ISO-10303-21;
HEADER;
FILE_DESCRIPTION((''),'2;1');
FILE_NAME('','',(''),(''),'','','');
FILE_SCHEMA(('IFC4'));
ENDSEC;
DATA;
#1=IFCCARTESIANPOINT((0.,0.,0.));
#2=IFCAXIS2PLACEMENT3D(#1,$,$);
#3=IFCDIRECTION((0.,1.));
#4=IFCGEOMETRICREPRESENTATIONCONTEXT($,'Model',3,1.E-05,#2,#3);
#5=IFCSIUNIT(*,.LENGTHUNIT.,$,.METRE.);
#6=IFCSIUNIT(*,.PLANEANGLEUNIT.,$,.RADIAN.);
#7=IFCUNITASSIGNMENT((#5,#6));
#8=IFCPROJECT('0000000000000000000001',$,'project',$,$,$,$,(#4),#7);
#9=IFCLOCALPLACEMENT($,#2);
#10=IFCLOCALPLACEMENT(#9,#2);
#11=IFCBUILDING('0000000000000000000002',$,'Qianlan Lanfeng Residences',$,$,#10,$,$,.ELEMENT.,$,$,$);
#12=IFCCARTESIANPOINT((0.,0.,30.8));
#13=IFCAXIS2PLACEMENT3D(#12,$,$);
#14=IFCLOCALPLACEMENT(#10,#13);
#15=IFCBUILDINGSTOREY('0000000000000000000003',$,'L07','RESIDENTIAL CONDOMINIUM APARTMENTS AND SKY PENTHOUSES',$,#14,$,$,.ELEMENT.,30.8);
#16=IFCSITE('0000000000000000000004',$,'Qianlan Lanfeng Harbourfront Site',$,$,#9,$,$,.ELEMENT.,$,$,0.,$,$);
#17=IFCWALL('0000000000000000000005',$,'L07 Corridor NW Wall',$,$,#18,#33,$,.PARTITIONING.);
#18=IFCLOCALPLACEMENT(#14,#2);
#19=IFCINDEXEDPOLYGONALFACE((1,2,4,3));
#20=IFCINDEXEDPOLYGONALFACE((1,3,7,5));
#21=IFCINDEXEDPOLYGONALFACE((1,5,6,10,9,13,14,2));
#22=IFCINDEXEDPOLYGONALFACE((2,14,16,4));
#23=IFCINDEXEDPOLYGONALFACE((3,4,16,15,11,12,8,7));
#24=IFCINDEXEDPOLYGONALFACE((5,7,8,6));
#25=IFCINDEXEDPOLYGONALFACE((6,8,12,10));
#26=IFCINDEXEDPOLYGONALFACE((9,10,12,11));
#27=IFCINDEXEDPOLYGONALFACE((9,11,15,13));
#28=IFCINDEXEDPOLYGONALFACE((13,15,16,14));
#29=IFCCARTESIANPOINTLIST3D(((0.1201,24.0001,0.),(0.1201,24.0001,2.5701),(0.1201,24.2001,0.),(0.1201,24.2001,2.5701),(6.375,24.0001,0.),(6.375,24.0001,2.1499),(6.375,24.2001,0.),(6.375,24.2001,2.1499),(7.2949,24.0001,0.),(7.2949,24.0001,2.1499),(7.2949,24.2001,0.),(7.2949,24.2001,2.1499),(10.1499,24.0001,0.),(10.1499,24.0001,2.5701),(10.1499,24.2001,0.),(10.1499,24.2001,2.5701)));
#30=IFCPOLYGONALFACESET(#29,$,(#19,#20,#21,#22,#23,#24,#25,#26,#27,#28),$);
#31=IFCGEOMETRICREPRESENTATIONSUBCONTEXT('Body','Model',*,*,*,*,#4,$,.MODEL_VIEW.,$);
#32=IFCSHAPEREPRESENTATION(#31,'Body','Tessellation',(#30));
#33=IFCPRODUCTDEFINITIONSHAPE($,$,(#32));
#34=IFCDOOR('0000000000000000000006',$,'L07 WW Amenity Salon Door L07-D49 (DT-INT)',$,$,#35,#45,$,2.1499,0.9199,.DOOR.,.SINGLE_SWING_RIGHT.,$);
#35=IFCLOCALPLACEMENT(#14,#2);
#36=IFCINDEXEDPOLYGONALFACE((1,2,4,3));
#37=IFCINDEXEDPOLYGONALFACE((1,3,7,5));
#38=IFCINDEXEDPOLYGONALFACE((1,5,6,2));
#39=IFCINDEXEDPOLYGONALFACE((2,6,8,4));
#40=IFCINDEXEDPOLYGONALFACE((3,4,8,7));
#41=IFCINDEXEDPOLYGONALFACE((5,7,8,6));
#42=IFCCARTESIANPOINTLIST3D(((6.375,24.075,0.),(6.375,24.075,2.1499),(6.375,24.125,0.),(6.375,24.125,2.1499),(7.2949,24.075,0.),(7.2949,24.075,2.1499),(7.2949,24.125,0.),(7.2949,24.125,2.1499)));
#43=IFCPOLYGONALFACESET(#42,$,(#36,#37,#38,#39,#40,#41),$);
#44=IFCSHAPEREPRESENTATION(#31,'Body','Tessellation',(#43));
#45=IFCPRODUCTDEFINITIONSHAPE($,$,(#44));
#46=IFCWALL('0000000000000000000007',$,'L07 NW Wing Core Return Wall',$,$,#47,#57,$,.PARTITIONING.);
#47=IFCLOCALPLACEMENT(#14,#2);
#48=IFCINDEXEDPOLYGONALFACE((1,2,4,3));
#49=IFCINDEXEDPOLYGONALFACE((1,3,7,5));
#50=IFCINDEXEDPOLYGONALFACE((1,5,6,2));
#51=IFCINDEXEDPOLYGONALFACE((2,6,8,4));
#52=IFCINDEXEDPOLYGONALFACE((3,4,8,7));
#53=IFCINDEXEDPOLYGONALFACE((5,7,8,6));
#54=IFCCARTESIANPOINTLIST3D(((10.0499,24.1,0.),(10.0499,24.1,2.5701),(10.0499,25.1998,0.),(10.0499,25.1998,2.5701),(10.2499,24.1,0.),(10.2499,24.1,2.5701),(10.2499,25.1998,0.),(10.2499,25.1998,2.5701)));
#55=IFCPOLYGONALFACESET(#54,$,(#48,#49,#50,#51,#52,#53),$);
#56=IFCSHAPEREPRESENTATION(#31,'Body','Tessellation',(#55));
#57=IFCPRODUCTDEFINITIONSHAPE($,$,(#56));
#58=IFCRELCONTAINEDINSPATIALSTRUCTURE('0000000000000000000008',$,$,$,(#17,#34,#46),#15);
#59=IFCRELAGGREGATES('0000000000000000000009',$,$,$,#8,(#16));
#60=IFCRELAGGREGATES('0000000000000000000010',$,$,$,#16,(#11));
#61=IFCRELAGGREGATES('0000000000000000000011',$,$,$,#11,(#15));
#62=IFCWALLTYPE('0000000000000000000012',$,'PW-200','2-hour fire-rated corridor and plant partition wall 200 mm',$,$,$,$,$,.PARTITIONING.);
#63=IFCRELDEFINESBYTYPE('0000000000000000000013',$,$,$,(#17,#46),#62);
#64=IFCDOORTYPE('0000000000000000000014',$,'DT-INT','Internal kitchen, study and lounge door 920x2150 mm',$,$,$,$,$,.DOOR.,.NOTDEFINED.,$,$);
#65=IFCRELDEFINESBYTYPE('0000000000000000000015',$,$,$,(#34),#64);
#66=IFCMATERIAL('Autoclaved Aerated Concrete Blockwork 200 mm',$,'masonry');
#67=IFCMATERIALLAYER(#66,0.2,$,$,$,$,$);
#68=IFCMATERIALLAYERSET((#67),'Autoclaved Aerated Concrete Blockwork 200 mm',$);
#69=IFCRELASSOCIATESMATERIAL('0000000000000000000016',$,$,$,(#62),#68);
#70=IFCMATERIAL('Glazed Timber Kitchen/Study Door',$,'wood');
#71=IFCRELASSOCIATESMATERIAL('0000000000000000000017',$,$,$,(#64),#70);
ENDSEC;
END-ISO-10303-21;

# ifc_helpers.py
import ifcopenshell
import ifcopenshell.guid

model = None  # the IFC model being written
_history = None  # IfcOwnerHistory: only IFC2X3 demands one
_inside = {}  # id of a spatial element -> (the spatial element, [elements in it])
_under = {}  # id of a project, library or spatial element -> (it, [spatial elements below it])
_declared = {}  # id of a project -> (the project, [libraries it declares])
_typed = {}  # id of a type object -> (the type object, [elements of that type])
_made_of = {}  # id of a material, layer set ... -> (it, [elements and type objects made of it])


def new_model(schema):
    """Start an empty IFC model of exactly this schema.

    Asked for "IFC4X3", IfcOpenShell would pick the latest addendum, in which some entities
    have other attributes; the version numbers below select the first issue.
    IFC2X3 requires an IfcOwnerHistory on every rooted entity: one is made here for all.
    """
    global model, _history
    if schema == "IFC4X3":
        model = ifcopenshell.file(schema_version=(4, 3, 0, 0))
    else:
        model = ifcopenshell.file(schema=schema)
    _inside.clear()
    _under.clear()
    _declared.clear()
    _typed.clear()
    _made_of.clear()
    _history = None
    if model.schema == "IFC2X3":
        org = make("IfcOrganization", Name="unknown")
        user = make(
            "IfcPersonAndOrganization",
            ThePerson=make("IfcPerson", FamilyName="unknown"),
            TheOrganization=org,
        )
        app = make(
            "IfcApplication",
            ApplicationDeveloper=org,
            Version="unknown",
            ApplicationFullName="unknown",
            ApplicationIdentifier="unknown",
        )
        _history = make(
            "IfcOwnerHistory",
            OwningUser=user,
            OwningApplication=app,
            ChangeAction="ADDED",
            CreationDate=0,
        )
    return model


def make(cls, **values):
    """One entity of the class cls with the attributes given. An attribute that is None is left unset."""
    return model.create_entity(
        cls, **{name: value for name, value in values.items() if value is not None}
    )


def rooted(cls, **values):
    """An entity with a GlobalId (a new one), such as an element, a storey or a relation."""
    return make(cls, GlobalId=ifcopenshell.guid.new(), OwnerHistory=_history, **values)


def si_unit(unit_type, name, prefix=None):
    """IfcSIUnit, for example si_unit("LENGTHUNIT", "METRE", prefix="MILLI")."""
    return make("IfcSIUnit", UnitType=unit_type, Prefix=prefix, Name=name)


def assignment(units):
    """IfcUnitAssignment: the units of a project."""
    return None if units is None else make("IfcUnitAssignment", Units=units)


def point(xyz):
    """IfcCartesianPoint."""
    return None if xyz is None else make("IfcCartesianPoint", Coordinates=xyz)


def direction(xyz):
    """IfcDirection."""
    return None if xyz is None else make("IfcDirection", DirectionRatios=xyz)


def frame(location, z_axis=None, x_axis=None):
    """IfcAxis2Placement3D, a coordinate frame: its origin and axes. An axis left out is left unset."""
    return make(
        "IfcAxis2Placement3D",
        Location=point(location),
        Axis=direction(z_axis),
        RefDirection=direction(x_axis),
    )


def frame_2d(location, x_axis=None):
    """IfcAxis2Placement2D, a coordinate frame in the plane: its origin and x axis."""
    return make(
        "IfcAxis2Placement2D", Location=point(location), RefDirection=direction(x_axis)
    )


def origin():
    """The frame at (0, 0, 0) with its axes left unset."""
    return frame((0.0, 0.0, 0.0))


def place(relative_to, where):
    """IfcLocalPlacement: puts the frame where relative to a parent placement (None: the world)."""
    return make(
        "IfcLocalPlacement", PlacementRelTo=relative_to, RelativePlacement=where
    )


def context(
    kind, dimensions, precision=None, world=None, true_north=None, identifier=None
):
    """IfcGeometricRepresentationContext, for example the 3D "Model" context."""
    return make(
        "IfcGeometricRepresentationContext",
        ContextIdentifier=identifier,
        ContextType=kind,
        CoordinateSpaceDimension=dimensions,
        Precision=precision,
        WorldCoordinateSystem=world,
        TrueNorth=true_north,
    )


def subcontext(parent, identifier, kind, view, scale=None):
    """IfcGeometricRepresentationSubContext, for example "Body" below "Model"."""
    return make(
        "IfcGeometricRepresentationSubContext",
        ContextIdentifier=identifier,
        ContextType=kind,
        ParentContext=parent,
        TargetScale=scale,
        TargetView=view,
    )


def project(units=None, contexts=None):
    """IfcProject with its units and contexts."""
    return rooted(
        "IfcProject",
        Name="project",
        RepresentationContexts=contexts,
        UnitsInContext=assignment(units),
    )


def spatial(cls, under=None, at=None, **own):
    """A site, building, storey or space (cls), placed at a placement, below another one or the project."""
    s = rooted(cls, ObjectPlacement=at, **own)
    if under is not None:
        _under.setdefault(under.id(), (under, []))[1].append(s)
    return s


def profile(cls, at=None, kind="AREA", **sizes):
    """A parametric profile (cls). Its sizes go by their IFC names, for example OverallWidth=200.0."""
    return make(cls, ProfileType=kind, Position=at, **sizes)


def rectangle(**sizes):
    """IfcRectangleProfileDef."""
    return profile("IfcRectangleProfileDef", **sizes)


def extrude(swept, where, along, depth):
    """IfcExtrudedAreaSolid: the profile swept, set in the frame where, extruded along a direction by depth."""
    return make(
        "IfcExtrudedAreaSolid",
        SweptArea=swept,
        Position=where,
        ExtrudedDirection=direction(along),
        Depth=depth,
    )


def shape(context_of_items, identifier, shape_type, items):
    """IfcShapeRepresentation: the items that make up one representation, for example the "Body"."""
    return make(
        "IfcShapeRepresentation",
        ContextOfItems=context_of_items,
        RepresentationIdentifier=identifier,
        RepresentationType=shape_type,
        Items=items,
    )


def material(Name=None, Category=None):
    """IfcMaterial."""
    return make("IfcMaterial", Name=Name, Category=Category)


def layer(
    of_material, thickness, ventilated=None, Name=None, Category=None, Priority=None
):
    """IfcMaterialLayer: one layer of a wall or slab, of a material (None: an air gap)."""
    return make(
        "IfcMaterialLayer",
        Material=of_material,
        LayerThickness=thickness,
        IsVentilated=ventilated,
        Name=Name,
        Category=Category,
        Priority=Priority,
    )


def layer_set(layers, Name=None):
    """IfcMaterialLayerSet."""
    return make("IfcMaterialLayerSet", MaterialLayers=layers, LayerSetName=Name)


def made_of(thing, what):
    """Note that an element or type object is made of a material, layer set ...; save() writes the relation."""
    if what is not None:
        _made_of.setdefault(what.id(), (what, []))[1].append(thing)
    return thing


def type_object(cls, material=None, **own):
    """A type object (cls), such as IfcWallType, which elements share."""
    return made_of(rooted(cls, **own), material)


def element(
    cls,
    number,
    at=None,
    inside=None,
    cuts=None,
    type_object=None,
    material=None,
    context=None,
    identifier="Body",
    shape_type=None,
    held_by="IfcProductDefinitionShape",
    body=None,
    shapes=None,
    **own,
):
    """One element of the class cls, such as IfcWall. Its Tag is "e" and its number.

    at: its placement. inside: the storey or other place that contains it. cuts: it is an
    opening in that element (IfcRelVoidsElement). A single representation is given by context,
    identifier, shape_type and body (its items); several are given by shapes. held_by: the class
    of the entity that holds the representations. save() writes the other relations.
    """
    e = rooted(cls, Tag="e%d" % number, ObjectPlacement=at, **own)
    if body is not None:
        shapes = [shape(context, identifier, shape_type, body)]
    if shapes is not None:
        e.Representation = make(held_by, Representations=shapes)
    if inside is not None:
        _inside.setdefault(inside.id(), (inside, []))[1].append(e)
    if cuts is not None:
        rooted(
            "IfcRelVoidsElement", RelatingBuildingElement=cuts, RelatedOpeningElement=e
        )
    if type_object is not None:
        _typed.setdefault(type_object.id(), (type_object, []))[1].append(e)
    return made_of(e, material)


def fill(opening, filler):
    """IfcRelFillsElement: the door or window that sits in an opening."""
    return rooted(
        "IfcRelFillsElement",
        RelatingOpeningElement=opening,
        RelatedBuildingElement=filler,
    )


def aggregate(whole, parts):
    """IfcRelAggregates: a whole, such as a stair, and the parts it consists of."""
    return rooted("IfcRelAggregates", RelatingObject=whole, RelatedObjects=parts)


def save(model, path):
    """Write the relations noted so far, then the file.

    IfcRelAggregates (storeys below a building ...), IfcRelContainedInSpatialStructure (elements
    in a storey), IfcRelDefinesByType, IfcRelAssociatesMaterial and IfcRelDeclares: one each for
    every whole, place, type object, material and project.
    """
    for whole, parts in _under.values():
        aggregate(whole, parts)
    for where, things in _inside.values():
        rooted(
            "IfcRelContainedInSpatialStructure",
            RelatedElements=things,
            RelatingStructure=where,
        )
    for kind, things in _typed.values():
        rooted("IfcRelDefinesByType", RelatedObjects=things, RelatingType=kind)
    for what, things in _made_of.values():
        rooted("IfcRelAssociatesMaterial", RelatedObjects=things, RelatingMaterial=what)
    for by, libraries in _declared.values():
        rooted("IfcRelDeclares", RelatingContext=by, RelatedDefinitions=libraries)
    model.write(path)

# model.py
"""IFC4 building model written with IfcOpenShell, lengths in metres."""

from ifc_helpers import new_model, si_unit, direction, frame, frame_2d, origin, place, context, subcontext, project, spatial, rectangle, extrude, material, layer, layer_set, type_object, element, fill, save


model = new_model("IFC4")

# Units and contexts
model_context = context("Model", 3, precision=1e-05, world=origin(), true_north=direction((0.0, 1.0)))
body_context = subcontext(model_context, "Body", "Model", "MODEL_VIEW")
ifc_project = project(units=[si_unit("LENGTHUNIT", "METRE"), si_unit("PLANEANGLEUNIT", "RADIAN")], contexts=[model_context])

# Site, building, storey
site_placement = place(None, origin())
site = spatial("IfcSite", under=ifc_project, at=site_placement, Name="Qianlan Lanfeng Harbourfront Site", CompositionType="ELEMENT", RefElevation=0.0)
building_placement = place(site_placement, origin())
building = spatial("IfcBuilding", under=site, at=building_placement, Name="Qianlan Lanfeng Residences", CompositionType="ELEMENT")
storey_placement = place(building_placement, frame((0.0, 0.0, 30.8)))
storey = spatial("IfcBuildingStorey", under=building, at=storey_placement, Name="L07", Description="RESIDENTIAL CONDOMINIUM APARTMENTS AND SKY PENTHOUSES", CompositionType="ELEMENT", Elevation=30.8)

# Shared definitions
ifc_material_1 = material(Name="Autoclaved Aerated Concrete Blockwork 200 mm", Category="masonry")
ifc_layer = layer(ifc_material_1, 0.2)
ifc_layer_set = layer_set([ifc_layer], Name="Autoclaved Aerated Concrete Blockwork 200 mm")
wall_type = type_object("IfcWallType", Name="PW-200", Description="2-hour fire-rated corridor and plant partition wall 200 mm", PredefinedType="PARTITIONING", material=ifc_layer_set)
ifc_material_2 = material(Name="Glazed Timber Kitchen/Study Door", Category="wood")
door_type_1 = type_object("IfcDoorType", Name="DT-INT", Description="Internal kitchen, study and lounge door 920x2150 mm", OperationType="NOTDEFINED", PredefinedType="DOOR", material=ifc_material_2)

# Wall, opening, door
wall_1_placement = place(storey_placement, frame((0.1201, 24.1001, 0.0), z_axis=(0.0, 0.0, 1.0), x_axis=(1.0, 0.0, 0.0)))
wall_1 = element("IfcWall", 1, at=wall_1_placement, inside=storey, type_object=wall_type, Name="L07 Corridor NW Wall", PredefinedType="PARTITIONING", context=body_context, shape_type="SweptSolid", body=[
    extrude(rectangle(XDim=10.0298, YDim=0.2, at=frame_2d((5.0149, 0.0))), origin(), (0.0, 0.0, 1.0), 2.5701),
])
opening_1_placement = place(wall_1_placement, frame((6.2549, 0.0, 0.0)))
opening_1 = element("IfcOpeningElement", 2, at=opening_1_placement, cuts=wall_1, PredefinedType="OPENING", context=body_context, shape_type="SweptSolid", body=[
    extrude(rectangle(XDim=0.9199, YDim=2.1499, at=frame_2d((0.46, 1.075))), frame((0.0, 0.1099, 0.0), z_axis=(0.0, -1.0, 0.0), x_axis=(1.0, 0.0, 0.0)), (0.0, 0.0, 1.0), 0.22),
])
door_1_placement = place(opening_1_placement, origin())
door_1 = element("IfcDoor", 3, at=door_1_placement, inside=storey, type_object=door_type_1, Name="L07 WW Amenity Salon Door L07-D49 (DT-INT)", OperationType="SINGLE_SWING_RIGHT", OverallHeight=2.1499, OverallWidth=0.9199, PredefinedType="DOOR", context=body_context, shape_type="SweptSolid", body=[
    extrude(rectangle(XDim=0.9199, YDim=2.1499, at=frame_2d((0.46, 1.075))), frame((0.0, 0.0249, 0.0), z_axis=(0.0, -1.0, 0.0), x_axis=(1.0, 0.0, 0.0)), (0.0, 0.0, 1.0), 0.05),
])
fill(opening_1, door_1)

# Wall
wall_2_placement = place(storey_placement, frame((10.1499, 24.1001, 0.0), z_axis=(0.0, 0.0, 1.0), x_axis=(0.0, 1.0, 0.0)))
element("IfcWall", 4, at=wall_2_placement, inside=storey, type_object=wall_type, Name="L07 NW Wing Core Return Wall", PredefinedType="PARTITIONING", context=body_context, shape_type="SweptSolid", body=[
    extrude(rectangle(XDim=1.0999, YDim=0.2, at=frame_2d((0.5498, 0.0))), origin(), (0.0, 0.0, 1.0), 2.5701),
])

save(model, "model.ifc")
